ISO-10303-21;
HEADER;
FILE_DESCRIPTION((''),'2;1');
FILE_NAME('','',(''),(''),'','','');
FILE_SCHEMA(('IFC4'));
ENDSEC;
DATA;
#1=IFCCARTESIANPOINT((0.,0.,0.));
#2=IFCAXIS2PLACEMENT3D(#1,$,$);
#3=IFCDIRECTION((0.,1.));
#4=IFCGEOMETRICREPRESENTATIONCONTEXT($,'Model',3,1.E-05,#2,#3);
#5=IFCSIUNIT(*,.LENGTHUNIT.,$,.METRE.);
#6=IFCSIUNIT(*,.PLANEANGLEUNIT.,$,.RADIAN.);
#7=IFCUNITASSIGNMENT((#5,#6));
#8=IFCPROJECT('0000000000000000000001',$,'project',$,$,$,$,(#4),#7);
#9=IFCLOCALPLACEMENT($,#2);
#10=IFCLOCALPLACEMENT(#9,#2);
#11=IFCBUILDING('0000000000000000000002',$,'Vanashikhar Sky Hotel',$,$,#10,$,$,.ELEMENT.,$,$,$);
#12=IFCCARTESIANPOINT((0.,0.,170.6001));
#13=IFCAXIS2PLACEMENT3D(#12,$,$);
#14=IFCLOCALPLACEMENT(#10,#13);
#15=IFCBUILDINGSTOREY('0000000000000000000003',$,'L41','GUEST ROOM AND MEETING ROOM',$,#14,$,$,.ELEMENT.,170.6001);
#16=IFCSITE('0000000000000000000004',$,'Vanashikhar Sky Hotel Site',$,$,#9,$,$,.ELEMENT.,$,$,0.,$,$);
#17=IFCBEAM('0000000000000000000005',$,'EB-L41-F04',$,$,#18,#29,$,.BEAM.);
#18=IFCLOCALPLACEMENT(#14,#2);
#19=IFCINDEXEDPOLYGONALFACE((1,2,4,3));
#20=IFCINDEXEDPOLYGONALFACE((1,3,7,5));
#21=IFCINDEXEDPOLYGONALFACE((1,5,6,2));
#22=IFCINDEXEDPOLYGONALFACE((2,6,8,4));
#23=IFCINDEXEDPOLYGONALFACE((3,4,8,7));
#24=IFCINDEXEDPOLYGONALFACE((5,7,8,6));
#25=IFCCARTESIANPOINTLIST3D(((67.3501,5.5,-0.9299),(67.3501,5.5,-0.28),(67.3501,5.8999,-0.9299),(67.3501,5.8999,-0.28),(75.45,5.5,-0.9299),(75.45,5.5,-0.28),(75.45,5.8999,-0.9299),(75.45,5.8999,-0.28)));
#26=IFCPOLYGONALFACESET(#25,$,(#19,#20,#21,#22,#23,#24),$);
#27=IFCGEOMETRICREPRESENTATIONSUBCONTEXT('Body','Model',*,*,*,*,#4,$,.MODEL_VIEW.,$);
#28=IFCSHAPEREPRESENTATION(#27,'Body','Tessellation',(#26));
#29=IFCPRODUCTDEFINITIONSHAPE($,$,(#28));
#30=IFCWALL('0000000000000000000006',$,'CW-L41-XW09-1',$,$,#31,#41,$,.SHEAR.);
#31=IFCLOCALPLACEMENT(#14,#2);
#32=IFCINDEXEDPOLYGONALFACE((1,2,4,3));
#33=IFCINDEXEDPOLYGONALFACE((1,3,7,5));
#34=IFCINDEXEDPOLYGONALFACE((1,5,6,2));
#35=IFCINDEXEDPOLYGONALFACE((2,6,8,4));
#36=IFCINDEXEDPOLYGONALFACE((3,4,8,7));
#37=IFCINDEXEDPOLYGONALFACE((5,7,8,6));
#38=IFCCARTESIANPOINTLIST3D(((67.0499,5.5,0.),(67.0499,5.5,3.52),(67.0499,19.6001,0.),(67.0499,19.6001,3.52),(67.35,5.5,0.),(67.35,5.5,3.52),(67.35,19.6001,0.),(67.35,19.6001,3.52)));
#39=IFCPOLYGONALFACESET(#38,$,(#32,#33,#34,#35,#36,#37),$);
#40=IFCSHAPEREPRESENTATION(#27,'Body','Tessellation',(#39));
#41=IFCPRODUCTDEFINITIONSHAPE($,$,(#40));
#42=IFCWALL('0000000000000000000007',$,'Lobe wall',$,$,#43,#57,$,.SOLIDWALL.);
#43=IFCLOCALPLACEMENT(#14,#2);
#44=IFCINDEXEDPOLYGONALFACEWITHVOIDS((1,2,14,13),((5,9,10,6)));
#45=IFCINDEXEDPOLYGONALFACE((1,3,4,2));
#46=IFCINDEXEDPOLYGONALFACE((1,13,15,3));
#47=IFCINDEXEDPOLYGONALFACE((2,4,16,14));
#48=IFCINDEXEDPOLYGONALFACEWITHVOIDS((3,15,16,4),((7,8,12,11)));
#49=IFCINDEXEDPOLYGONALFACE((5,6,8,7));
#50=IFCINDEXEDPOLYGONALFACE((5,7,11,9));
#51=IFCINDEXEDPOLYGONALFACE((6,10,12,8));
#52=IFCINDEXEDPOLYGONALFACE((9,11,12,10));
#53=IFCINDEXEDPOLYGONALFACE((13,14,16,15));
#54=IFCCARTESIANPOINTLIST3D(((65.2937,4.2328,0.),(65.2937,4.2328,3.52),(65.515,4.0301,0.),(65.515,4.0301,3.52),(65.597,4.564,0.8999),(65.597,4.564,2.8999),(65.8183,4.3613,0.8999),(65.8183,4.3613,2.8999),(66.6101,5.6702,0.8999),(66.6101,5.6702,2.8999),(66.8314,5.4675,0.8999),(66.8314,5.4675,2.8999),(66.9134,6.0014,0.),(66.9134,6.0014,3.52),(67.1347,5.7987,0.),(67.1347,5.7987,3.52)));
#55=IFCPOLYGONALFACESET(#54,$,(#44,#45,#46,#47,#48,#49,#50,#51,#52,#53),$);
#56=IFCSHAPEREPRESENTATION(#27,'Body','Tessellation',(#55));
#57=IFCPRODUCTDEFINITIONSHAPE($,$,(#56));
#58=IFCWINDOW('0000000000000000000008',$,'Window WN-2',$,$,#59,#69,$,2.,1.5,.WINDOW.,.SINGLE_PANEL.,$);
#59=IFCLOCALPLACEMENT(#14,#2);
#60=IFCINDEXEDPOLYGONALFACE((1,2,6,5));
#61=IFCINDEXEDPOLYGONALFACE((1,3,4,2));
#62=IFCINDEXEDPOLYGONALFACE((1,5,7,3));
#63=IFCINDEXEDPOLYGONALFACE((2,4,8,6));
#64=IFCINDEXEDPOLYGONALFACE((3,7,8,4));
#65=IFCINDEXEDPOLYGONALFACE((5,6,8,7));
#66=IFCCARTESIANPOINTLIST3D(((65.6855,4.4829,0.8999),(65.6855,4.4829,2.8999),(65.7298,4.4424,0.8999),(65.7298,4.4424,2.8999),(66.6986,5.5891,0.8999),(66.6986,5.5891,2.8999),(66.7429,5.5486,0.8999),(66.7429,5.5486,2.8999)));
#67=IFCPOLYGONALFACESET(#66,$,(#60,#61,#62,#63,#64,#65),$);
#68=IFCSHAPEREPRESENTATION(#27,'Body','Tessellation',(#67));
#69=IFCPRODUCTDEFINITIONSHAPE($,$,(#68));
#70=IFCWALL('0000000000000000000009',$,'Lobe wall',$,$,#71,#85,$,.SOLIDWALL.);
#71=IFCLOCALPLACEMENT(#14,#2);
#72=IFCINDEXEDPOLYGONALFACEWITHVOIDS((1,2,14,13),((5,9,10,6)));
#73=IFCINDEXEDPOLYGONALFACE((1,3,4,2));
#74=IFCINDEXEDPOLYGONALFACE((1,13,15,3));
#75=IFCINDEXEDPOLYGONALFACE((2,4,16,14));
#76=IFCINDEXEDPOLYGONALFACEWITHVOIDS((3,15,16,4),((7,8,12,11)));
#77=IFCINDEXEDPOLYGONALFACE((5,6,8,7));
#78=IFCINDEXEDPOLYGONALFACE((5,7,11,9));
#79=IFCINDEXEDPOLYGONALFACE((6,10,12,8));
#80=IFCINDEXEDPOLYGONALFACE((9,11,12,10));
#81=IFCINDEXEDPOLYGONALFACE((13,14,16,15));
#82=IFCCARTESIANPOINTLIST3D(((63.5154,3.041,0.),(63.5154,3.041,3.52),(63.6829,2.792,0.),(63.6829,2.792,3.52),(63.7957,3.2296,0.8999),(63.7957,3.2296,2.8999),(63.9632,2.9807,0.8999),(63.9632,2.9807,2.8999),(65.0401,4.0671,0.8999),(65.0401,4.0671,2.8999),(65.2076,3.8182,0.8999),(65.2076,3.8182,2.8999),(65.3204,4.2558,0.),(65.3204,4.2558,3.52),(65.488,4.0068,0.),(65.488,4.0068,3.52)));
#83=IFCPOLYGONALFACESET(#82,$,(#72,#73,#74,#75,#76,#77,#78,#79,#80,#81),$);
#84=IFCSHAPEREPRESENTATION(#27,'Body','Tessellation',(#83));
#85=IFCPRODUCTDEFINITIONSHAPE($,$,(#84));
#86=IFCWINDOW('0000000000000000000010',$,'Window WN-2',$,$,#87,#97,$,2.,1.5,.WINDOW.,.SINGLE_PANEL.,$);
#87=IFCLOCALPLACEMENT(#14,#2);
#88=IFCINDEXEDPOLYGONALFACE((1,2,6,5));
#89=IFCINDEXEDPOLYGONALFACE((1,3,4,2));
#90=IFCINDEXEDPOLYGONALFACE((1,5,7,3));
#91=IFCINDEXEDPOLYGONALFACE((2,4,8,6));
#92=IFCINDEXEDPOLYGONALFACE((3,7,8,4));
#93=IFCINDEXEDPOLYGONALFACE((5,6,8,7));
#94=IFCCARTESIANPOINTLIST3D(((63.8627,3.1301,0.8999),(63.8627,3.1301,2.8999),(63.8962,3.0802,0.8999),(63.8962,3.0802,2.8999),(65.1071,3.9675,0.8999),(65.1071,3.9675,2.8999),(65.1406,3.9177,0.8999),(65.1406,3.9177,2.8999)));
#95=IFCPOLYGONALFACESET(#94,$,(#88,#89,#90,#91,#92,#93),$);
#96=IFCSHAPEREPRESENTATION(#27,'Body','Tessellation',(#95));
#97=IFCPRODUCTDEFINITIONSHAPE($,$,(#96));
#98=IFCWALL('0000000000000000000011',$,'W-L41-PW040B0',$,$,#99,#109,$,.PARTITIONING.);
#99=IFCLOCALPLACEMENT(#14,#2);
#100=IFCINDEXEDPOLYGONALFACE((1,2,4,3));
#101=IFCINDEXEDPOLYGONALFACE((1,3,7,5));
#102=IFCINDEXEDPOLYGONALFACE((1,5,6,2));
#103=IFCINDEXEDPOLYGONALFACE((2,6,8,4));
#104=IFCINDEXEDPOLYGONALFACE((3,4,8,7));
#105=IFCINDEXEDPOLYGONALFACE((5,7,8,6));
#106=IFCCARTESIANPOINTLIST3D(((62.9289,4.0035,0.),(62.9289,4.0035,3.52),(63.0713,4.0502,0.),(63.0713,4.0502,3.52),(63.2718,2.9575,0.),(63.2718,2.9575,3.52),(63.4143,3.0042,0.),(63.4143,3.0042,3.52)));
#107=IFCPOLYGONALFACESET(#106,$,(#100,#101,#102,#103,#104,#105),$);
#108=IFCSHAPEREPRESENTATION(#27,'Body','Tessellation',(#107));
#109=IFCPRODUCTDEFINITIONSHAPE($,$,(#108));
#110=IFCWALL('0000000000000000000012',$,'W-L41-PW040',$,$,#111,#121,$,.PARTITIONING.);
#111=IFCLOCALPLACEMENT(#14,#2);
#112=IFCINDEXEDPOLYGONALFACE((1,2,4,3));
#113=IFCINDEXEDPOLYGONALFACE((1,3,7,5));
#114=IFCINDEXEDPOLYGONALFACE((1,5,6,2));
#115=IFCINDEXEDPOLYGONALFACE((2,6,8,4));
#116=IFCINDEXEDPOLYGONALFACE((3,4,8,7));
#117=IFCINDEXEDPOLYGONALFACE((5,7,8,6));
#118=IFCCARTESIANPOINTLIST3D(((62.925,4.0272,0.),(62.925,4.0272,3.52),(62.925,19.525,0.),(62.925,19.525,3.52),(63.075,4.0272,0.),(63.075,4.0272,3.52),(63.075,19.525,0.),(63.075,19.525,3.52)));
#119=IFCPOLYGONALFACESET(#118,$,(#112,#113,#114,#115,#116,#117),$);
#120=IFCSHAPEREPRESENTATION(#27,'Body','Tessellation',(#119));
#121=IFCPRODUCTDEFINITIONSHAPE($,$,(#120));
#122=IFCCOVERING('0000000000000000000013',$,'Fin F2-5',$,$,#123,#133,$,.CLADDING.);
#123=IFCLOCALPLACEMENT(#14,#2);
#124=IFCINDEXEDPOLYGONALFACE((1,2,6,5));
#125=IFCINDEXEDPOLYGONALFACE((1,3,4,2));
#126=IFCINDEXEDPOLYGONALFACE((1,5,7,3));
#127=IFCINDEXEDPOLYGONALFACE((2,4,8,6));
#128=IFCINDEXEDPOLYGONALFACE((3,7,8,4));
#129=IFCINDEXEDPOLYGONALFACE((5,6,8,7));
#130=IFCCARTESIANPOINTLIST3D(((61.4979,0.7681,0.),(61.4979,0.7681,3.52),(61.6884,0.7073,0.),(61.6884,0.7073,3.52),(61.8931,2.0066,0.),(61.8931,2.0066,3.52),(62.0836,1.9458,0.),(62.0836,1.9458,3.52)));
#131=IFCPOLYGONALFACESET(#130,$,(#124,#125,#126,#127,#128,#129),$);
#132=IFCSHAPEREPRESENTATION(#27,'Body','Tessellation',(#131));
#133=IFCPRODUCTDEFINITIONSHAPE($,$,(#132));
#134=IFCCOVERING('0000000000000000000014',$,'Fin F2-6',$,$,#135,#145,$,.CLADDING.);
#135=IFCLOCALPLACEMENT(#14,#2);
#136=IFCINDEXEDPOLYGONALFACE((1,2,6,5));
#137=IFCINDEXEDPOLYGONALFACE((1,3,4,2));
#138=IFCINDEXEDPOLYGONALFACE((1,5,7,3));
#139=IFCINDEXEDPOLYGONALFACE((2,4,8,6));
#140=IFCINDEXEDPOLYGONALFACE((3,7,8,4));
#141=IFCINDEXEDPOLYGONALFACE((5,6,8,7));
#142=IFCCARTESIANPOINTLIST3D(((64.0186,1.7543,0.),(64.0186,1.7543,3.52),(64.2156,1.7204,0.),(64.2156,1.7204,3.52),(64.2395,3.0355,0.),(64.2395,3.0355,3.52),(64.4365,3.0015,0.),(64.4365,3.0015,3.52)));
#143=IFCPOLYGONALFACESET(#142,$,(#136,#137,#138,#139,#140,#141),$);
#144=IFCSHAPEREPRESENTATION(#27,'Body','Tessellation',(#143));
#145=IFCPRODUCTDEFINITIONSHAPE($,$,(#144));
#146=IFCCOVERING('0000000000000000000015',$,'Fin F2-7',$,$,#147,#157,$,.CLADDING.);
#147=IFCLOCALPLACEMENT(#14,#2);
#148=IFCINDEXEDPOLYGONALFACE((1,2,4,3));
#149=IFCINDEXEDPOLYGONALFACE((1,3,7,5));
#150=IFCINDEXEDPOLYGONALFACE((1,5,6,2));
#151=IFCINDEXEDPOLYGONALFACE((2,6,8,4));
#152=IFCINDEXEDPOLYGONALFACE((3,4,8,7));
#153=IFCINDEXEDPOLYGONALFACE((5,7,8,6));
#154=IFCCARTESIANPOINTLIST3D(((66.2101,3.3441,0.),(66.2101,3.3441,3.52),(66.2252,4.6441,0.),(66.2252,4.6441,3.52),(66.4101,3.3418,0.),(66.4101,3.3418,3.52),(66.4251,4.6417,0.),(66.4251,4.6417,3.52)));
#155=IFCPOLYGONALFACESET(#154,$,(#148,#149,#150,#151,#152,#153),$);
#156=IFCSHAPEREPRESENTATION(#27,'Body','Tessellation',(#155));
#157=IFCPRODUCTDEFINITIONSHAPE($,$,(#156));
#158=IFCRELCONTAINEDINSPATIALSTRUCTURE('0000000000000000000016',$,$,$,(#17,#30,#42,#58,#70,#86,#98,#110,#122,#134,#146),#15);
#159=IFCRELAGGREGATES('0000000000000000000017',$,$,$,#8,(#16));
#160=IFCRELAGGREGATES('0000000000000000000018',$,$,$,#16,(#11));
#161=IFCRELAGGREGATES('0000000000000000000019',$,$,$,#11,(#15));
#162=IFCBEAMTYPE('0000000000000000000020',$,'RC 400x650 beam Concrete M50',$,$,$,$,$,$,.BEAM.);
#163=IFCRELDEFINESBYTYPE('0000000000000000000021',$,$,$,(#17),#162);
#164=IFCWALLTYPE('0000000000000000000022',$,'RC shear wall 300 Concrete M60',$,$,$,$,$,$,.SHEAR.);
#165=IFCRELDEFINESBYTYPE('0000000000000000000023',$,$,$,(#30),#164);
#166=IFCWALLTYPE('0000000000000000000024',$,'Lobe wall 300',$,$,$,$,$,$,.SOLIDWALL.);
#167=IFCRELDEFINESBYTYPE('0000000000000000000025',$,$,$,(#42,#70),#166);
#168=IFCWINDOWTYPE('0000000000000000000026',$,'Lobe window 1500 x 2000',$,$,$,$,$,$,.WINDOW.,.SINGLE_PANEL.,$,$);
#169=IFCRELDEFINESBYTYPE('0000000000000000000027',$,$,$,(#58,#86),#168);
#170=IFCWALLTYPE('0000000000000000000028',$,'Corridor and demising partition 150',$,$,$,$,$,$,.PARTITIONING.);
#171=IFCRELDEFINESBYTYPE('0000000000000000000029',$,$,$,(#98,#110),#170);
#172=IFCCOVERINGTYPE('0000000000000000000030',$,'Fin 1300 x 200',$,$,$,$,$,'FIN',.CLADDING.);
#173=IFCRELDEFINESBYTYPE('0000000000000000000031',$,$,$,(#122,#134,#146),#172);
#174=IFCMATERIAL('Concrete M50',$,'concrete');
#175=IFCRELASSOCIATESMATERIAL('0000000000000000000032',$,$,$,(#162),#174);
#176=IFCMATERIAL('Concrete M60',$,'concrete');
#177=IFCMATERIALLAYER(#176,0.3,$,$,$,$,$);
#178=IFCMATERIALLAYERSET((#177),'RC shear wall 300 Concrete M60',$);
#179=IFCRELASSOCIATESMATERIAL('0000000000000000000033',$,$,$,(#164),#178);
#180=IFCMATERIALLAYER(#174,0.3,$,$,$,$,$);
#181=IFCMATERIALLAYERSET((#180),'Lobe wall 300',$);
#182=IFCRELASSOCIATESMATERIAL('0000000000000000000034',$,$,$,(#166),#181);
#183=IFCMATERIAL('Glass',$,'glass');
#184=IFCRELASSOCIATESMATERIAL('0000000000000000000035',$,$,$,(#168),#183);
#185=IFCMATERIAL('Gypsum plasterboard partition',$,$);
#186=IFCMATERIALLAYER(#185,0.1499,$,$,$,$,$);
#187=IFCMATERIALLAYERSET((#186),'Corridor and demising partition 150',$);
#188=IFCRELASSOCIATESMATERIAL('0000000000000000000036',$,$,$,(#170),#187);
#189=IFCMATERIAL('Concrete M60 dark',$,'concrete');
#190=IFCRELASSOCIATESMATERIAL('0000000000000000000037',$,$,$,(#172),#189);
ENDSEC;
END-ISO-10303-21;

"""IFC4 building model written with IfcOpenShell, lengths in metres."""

from ifc_helpers import new_model, si_unit, direction, frame, frame_2d, origin, origin_2d, place, context, subcontext, project, spatial, rectangle, extrude, source, transform, mapped, material, layer, layer_set, material_profile, profile_set, type_object, element, fill, save


model = new_model("IFC4")

# Units and contexts
model_context = context("Model", 3, precision=1e-05, world=origin(), true_north=direction((0.0, 1.0)))
body_context = subcontext(model_context, "Body", "Model", "MODEL_VIEW")
ifc_project = project(units=[si_unit("LENGTHUNIT", "METRE"), si_unit("PLANEANGLEUNIT", "RADIAN")], contexts=[model_context])

# Site, building, storey
site_placement = place(None, origin())
site = spatial("IfcSite", under=ifc_project, at=site_placement, Name="Vanashikhar Sky Hotel Site", CompositionType="ELEMENT", RefElevation=0.0)
building_placement = place(site_placement, origin())
building = spatial("IfcBuilding", under=site, at=building_placement, Name="Vanashikhar Sky Hotel", CompositionType="ELEMENT")
storey_placement = place(building_placement, frame((0.0, 0.0, 170.6001)))
storey = spatial("IfcBuildingStorey", under=building, at=storey_placement, Name="L41", Description="GUEST ROOM AND MEETING ROOM", CompositionType="ELEMENT", Elevation=170.6001)

# Beam
ifc_material_1 = material(Name="Concrete M50", Category="concrete")
ifc_material_profile_1 = material_profile(ifc_material_1, rectangle(XDim=0.3999, YDim=0.6499, at=origin_2d()))
ifc_profile_set_1 = profile_set([ifc_material_profile_1], Name="RC 400x650 beam Concrete M50")
beam_type = type_object("IfcBeamType", Name="RC 400x650 beam Concrete M50", PredefinedType="BEAM", material=ifc_profile_set_1)
shared_shape_1 = source(origin(), body_context, "Body", "SweptSolid", [
    extrude(rectangle(XDim=0.3999, YDim=0.6499, at=origin_2d()), origin(), (0.0, 0.0, 1.0), 8.0999),
])
beam_placement = place(storey_placement, frame((67.3501, 5.7, -0.605), z_axis=(1.0, 0.0, 0.0), x_axis=(0.0, 1.0, 0.0)))
element("IfcBeam", 1, at=beam_placement, inside=storey, type_object=beam_type, Name="EB-L41-F04", PredefinedType="BEAM", context=body_context, shape_type="MappedRepresentation", body=[
    mapped(shared_shape_1, transform((0.0, 0.0, 0.0), scale=1.0)),
])

# Wall
ifc_material_2 = material(Name="Concrete M60", Category="concrete")
ifc_layer_1 = layer(ifc_material_2, 0.3)
ifc_layer_set_1 = layer_set([ifc_layer_1], Name="RC shear wall 300 Concrete M60")
wall_type_1 = type_object("IfcWallType", Name="RC shear wall 300 Concrete M60", PredefinedType="SHEAR", material=ifc_layer_set_1)
shared_shape_2 = source(origin(), body_context, "Body", "SweptSolid", [
    extrude(rectangle(XDim=14.1001, YDim=0.3, at=frame_2d((7.05, 0.0))), origin(), (0.0, 0.0, 1.0), 3.52),
])
wall_1_placement = place(storey_placement, frame((67.2, 5.5, 0.0), z_axis=(0.0, 0.0, 1.0), x_axis=(0.0, 1.0, 0.0)))
element("IfcWall", 2, at=wall_1_placement, inside=storey, type_object=wall_type_1, Name="CW-L41-XW09-1", PredefinedType="SHEAR", context=body_context, shape_type="MappedRepresentation", body=[
    mapped(shared_shape_2, transform((0.0, 0.0, 0.0), scale=1.0)),
])

# Walls, openings, windows
ifc_layer_2 = layer(ifc_material_1, 0.3)
ifc_layer_set_2 = layer_set([ifc_layer_2], Name="Lobe wall 300")
wall_type_2 = type_object("IfcWallType", Name="Lobe wall 300", PredefinedType="SOLIDWALL", material=ifc_layer_set_2)
shared_shape_3 = source(origin(), body_context, "Body", "SweptSolid", [
    extrude(rectangle(XDim=2.3982, YDim=0.3, at=frame_2d((1.1992, 0.0))), origin(), (0.0, 0.0, 1.0), 3.52),
])
wall_2_placement = place(storey_placement, frame((65.4043, 4.1313, 0.0), z_axis=(0.0, 0.0, 1.0), x_axis=(0.675374, 0.737475, 0.0)))
wall_2 = element("IfcWall", 3, at=wall_2_placement, inside=storey, type_object=wall_type_2, Name="Lobe wall", PredefinedType="SOLIDWALL", context=body_context, shape_type="MappedRepresentation", body=[
    mapped(shared_shape_3, transform((0.0, 0.0, 0.0), scale=1.0)),
])
shared_shape_4 = source(origin(), body_context, "Body", "SweptSolid", [
    extrude(rectangle(XDim=1.5, YDim=2.0, at=frame_2d((0.75, 1.0))), frame((0.0, 0.1602, 0.0), z_axis=(0.0, -1.0, 0.0), x_axis=(1.0, 0.0, 0.0)), (0.0, 0.0, 1.0), 0.3201),
])
opening_1_placement = place(wall_2_placement, frame((0.4492, 0.0, 0.8999)))
opening_1 = element("IfcOpeningElement", 4, at=opening_1_placement, cuts=wall_2, PredefinedType="OPENING", context=body_context, shape_type="MappedRepresentation", body=[
    mapped(shared_shape_4, transform((0.0, 0.0, 0.0), scale=1.0)),
])
ifc_material_3 = material(Name="Glass", Category="glass")
window_type_1 = type_object("IfcWindowType", Name="Lobe window 1500 x 2000", PartitioningType="SINGLE_PANEL", PredefinedType="WINDOW", material=ifc_material_3)
shared_shape_5 = source(origin(), body_context, "Body", "SweptSolid", [
    extrude(rectangle(XDim=1.5, YDim=2.0, at=frame_2d((0.75, 1.0))), frame((0.0, 0.03, 0.0), z_axis=(0.0, -1.0, 0.0), x_axis=(1.0, 0.0, 0.0)), (0.0, 0.0, 1.0), 0.0601),
])
window_1_placement = place(opening_1_placement, origin())
window_1 = element("IfcWindow", 5, at=window_1_placement, inside=storey, type_object=window_type_1, Name="Window WN-2", OverallHeight=2.0, OverallWidth=1.5, PartitioningType="SINGLE_PANEL", PredefinedType="WINDOW", context=body_context, shape_type="MappedRepresentation", body=[
    mapped(shared_shape_5, transform((0.0, 0.0, 0.0), scale=1.0)),
])
fill(opening_1, window_1)
shared_shape_6 = source(origin(), body_context, "Body", "SweptSolid", [
    extrude(rectangle(XDim=2.1758, YDim=0.3, at=frame_2d((1.0879, 0.0))), origin(), (0.0, 0.0, 1.0), 3.52),
])
wall_3_placement = place(storey_placement, frame((63.5991, 2.9165, 0.0), z_axis=(0.0, 0.0, 1.0), x_axis=(0.829626, 0.55832, 0.0)))
wall_3 = element("IfcWall", 6, at=wall_3_placement, inside=storey, type_object=wall_type_2, Name="Lobe wall", PredefinedType="SOLIDWALL", context=body_context, shape_type="MappedRepresentation", body=[
    mapped(shared_shape_6, transform((0.0, 0.0, 0.0), scale=1.0)),
])
opening_2_placement = place(wall_3_placement, frame((0.3379, 0.0, 0.8999)))
opening_2 = element("IfcOpeningElement", 7, at=opening_2_placement, cuts=wall_3, PredefinedType="OPENING", context=body_context, shape_type="MappedRepresentation", body=[
    mapped(shared_shape_4, transform((0.0, 0.0, 0.0), scale=1.0)),
])
window_2_placement = place(opening_2_placement, origin())
window_2 = element("IfcWindow", 8, at=window_2_placement, inside=storey, type_object=window_type_1, Name="Window WN-2", OverallHeight=2.0, OverallWidth=1.5, PartitioningType="SINGLE_PANEL", PredefinedType="WINDOW", context=body_context, shape_type="MappedRepresentation", body=[
    mapped(shared_shape_5, transform((0.0, 0.0, 0.0), scale=1.0)),
])
fill(opening_2, window_2)

# Walls
ifc_material_4 = material(Name="Gypsum plasterboard partition")
ifc_layer_3 = layer(ifc_material_4, 0.1499)
ifc_layer_set_3 = layer_set([ifc_layer_3], Name="Corridor and demising partition 150")
wall_type_3 = type_object("IfcWallType", Name="Corridor and demising partition 150", PredefinedType="PARTITIONING", material=ifc_layer_set_3)
shared_shape_7 = source(origin(), body_context, "Body", "SweptSolid", [
    extrude(rectangle(XDim=1.1008, YDim=0.1499, at=frame_2d((0.5503, 0.0))), origin(), (0.0, 0.0, 1.0), 3.52),
])
wall_4_placement = place(storey_placement, frame((63.343, 2.981, 0.0), z_axis=(0.0, 0.0, 1.0), x_axis=(-0.311567, 0.950224, 0.0)))
element("IfcWall", 9, at=wall_4_placement, inside=storey, type_object=wall_type_3, Name="W-L41-PW040B0", PredefinedType="PARTITIONING", context=body_context, shape_type="MappedRepresentation", body=[
    mapped(shared_shape_7, transform((0.0, 0.0, 0.0), scale=1.0)),
])
shared_shape_8 = source(origin(), body_context, "Body", "SweptSolid", [
    extrude(rectangle(XDim=15.4978, YDim=0.1499, at=frame_2d((7.749, 0.0))), origin(), (0.0, 0.0, 1.0), 3.52),
])
wall_5_placement = place(storey_placement, frame((63.0, 4.0271, 0.0), z_axis=(0.0, 0.0, 1.0), x_axis=(0.0, 1.0, 0.0)))
element("IfcWall", 10, at=wall_5_placement, inside=storey, type_object=wall_type_3, Name="W-L41-PW040", PredefinedType="PARTITIONING", context=body_context, shape_type="MappedRepresentation", body=[
    mapped(shared_shape_8, transform((0.0, 0.0, 0.0), scale=1.0)),
])

# Coverings
ifc_material_5 = material(Name="Concrete M60 dark", Category="concrete")
ifc_material_profile_2 = material_profile(ifc_material_5, rectangle(XDim=1.3, YDim=0.2, at=origin_2d()))
ifc_profile_set_2 = profile_set([ifc_material_profile_2], Name="Fin 1300 x 200")
covering_type = type_object("IfcCoveringType", Name="Fin 1300 x 200", ElementType="FIN", PredefinedType="CLADDING", material=ifc_profile_set_2)
shared_shape_9 = source(origin(), body_context, "Body", "SweptSolid", [
    extrude(rectangle(XDim=1.3, YDim=0.2, at=origin_2d()), origin(), (0.0, 0.0, 1.0), 3.52),
])
for number, where, z_axis, x_axis, name in (
    (11, (61.7908, 1.3569, 0.0), (0.0, 0.0, 1.0), (-0.303967, -0.952683, 0.0), "Fin F2-5"),
    (12, (64.2275, 2.3779, 0.0), (0.0, 0.0, 1.0), (-0.1699, -0.985461, 0.0), "Fin F2-6"),
    (13, (66.3176, 3.9929, 0.0), (0.0, 0.0, 1.0), (-0.011589, -0.999933, 0.0), "Fin F2-7"),
):
    element("IfcCovering", number, at=place(storey_placement, frame(where, z_axis=z_axis, x_axis=x_axis)), inside=storey, type_object=covering_type, Name=name, PredefinedType="CLADDING", context=body_context, shape_type="MappedRepresentation", body=[
        mapped(shared_shape_9, transform((0.0, 0.0, 0.0), scale=1.0)),
    ])

save(model, "model.ifc")
